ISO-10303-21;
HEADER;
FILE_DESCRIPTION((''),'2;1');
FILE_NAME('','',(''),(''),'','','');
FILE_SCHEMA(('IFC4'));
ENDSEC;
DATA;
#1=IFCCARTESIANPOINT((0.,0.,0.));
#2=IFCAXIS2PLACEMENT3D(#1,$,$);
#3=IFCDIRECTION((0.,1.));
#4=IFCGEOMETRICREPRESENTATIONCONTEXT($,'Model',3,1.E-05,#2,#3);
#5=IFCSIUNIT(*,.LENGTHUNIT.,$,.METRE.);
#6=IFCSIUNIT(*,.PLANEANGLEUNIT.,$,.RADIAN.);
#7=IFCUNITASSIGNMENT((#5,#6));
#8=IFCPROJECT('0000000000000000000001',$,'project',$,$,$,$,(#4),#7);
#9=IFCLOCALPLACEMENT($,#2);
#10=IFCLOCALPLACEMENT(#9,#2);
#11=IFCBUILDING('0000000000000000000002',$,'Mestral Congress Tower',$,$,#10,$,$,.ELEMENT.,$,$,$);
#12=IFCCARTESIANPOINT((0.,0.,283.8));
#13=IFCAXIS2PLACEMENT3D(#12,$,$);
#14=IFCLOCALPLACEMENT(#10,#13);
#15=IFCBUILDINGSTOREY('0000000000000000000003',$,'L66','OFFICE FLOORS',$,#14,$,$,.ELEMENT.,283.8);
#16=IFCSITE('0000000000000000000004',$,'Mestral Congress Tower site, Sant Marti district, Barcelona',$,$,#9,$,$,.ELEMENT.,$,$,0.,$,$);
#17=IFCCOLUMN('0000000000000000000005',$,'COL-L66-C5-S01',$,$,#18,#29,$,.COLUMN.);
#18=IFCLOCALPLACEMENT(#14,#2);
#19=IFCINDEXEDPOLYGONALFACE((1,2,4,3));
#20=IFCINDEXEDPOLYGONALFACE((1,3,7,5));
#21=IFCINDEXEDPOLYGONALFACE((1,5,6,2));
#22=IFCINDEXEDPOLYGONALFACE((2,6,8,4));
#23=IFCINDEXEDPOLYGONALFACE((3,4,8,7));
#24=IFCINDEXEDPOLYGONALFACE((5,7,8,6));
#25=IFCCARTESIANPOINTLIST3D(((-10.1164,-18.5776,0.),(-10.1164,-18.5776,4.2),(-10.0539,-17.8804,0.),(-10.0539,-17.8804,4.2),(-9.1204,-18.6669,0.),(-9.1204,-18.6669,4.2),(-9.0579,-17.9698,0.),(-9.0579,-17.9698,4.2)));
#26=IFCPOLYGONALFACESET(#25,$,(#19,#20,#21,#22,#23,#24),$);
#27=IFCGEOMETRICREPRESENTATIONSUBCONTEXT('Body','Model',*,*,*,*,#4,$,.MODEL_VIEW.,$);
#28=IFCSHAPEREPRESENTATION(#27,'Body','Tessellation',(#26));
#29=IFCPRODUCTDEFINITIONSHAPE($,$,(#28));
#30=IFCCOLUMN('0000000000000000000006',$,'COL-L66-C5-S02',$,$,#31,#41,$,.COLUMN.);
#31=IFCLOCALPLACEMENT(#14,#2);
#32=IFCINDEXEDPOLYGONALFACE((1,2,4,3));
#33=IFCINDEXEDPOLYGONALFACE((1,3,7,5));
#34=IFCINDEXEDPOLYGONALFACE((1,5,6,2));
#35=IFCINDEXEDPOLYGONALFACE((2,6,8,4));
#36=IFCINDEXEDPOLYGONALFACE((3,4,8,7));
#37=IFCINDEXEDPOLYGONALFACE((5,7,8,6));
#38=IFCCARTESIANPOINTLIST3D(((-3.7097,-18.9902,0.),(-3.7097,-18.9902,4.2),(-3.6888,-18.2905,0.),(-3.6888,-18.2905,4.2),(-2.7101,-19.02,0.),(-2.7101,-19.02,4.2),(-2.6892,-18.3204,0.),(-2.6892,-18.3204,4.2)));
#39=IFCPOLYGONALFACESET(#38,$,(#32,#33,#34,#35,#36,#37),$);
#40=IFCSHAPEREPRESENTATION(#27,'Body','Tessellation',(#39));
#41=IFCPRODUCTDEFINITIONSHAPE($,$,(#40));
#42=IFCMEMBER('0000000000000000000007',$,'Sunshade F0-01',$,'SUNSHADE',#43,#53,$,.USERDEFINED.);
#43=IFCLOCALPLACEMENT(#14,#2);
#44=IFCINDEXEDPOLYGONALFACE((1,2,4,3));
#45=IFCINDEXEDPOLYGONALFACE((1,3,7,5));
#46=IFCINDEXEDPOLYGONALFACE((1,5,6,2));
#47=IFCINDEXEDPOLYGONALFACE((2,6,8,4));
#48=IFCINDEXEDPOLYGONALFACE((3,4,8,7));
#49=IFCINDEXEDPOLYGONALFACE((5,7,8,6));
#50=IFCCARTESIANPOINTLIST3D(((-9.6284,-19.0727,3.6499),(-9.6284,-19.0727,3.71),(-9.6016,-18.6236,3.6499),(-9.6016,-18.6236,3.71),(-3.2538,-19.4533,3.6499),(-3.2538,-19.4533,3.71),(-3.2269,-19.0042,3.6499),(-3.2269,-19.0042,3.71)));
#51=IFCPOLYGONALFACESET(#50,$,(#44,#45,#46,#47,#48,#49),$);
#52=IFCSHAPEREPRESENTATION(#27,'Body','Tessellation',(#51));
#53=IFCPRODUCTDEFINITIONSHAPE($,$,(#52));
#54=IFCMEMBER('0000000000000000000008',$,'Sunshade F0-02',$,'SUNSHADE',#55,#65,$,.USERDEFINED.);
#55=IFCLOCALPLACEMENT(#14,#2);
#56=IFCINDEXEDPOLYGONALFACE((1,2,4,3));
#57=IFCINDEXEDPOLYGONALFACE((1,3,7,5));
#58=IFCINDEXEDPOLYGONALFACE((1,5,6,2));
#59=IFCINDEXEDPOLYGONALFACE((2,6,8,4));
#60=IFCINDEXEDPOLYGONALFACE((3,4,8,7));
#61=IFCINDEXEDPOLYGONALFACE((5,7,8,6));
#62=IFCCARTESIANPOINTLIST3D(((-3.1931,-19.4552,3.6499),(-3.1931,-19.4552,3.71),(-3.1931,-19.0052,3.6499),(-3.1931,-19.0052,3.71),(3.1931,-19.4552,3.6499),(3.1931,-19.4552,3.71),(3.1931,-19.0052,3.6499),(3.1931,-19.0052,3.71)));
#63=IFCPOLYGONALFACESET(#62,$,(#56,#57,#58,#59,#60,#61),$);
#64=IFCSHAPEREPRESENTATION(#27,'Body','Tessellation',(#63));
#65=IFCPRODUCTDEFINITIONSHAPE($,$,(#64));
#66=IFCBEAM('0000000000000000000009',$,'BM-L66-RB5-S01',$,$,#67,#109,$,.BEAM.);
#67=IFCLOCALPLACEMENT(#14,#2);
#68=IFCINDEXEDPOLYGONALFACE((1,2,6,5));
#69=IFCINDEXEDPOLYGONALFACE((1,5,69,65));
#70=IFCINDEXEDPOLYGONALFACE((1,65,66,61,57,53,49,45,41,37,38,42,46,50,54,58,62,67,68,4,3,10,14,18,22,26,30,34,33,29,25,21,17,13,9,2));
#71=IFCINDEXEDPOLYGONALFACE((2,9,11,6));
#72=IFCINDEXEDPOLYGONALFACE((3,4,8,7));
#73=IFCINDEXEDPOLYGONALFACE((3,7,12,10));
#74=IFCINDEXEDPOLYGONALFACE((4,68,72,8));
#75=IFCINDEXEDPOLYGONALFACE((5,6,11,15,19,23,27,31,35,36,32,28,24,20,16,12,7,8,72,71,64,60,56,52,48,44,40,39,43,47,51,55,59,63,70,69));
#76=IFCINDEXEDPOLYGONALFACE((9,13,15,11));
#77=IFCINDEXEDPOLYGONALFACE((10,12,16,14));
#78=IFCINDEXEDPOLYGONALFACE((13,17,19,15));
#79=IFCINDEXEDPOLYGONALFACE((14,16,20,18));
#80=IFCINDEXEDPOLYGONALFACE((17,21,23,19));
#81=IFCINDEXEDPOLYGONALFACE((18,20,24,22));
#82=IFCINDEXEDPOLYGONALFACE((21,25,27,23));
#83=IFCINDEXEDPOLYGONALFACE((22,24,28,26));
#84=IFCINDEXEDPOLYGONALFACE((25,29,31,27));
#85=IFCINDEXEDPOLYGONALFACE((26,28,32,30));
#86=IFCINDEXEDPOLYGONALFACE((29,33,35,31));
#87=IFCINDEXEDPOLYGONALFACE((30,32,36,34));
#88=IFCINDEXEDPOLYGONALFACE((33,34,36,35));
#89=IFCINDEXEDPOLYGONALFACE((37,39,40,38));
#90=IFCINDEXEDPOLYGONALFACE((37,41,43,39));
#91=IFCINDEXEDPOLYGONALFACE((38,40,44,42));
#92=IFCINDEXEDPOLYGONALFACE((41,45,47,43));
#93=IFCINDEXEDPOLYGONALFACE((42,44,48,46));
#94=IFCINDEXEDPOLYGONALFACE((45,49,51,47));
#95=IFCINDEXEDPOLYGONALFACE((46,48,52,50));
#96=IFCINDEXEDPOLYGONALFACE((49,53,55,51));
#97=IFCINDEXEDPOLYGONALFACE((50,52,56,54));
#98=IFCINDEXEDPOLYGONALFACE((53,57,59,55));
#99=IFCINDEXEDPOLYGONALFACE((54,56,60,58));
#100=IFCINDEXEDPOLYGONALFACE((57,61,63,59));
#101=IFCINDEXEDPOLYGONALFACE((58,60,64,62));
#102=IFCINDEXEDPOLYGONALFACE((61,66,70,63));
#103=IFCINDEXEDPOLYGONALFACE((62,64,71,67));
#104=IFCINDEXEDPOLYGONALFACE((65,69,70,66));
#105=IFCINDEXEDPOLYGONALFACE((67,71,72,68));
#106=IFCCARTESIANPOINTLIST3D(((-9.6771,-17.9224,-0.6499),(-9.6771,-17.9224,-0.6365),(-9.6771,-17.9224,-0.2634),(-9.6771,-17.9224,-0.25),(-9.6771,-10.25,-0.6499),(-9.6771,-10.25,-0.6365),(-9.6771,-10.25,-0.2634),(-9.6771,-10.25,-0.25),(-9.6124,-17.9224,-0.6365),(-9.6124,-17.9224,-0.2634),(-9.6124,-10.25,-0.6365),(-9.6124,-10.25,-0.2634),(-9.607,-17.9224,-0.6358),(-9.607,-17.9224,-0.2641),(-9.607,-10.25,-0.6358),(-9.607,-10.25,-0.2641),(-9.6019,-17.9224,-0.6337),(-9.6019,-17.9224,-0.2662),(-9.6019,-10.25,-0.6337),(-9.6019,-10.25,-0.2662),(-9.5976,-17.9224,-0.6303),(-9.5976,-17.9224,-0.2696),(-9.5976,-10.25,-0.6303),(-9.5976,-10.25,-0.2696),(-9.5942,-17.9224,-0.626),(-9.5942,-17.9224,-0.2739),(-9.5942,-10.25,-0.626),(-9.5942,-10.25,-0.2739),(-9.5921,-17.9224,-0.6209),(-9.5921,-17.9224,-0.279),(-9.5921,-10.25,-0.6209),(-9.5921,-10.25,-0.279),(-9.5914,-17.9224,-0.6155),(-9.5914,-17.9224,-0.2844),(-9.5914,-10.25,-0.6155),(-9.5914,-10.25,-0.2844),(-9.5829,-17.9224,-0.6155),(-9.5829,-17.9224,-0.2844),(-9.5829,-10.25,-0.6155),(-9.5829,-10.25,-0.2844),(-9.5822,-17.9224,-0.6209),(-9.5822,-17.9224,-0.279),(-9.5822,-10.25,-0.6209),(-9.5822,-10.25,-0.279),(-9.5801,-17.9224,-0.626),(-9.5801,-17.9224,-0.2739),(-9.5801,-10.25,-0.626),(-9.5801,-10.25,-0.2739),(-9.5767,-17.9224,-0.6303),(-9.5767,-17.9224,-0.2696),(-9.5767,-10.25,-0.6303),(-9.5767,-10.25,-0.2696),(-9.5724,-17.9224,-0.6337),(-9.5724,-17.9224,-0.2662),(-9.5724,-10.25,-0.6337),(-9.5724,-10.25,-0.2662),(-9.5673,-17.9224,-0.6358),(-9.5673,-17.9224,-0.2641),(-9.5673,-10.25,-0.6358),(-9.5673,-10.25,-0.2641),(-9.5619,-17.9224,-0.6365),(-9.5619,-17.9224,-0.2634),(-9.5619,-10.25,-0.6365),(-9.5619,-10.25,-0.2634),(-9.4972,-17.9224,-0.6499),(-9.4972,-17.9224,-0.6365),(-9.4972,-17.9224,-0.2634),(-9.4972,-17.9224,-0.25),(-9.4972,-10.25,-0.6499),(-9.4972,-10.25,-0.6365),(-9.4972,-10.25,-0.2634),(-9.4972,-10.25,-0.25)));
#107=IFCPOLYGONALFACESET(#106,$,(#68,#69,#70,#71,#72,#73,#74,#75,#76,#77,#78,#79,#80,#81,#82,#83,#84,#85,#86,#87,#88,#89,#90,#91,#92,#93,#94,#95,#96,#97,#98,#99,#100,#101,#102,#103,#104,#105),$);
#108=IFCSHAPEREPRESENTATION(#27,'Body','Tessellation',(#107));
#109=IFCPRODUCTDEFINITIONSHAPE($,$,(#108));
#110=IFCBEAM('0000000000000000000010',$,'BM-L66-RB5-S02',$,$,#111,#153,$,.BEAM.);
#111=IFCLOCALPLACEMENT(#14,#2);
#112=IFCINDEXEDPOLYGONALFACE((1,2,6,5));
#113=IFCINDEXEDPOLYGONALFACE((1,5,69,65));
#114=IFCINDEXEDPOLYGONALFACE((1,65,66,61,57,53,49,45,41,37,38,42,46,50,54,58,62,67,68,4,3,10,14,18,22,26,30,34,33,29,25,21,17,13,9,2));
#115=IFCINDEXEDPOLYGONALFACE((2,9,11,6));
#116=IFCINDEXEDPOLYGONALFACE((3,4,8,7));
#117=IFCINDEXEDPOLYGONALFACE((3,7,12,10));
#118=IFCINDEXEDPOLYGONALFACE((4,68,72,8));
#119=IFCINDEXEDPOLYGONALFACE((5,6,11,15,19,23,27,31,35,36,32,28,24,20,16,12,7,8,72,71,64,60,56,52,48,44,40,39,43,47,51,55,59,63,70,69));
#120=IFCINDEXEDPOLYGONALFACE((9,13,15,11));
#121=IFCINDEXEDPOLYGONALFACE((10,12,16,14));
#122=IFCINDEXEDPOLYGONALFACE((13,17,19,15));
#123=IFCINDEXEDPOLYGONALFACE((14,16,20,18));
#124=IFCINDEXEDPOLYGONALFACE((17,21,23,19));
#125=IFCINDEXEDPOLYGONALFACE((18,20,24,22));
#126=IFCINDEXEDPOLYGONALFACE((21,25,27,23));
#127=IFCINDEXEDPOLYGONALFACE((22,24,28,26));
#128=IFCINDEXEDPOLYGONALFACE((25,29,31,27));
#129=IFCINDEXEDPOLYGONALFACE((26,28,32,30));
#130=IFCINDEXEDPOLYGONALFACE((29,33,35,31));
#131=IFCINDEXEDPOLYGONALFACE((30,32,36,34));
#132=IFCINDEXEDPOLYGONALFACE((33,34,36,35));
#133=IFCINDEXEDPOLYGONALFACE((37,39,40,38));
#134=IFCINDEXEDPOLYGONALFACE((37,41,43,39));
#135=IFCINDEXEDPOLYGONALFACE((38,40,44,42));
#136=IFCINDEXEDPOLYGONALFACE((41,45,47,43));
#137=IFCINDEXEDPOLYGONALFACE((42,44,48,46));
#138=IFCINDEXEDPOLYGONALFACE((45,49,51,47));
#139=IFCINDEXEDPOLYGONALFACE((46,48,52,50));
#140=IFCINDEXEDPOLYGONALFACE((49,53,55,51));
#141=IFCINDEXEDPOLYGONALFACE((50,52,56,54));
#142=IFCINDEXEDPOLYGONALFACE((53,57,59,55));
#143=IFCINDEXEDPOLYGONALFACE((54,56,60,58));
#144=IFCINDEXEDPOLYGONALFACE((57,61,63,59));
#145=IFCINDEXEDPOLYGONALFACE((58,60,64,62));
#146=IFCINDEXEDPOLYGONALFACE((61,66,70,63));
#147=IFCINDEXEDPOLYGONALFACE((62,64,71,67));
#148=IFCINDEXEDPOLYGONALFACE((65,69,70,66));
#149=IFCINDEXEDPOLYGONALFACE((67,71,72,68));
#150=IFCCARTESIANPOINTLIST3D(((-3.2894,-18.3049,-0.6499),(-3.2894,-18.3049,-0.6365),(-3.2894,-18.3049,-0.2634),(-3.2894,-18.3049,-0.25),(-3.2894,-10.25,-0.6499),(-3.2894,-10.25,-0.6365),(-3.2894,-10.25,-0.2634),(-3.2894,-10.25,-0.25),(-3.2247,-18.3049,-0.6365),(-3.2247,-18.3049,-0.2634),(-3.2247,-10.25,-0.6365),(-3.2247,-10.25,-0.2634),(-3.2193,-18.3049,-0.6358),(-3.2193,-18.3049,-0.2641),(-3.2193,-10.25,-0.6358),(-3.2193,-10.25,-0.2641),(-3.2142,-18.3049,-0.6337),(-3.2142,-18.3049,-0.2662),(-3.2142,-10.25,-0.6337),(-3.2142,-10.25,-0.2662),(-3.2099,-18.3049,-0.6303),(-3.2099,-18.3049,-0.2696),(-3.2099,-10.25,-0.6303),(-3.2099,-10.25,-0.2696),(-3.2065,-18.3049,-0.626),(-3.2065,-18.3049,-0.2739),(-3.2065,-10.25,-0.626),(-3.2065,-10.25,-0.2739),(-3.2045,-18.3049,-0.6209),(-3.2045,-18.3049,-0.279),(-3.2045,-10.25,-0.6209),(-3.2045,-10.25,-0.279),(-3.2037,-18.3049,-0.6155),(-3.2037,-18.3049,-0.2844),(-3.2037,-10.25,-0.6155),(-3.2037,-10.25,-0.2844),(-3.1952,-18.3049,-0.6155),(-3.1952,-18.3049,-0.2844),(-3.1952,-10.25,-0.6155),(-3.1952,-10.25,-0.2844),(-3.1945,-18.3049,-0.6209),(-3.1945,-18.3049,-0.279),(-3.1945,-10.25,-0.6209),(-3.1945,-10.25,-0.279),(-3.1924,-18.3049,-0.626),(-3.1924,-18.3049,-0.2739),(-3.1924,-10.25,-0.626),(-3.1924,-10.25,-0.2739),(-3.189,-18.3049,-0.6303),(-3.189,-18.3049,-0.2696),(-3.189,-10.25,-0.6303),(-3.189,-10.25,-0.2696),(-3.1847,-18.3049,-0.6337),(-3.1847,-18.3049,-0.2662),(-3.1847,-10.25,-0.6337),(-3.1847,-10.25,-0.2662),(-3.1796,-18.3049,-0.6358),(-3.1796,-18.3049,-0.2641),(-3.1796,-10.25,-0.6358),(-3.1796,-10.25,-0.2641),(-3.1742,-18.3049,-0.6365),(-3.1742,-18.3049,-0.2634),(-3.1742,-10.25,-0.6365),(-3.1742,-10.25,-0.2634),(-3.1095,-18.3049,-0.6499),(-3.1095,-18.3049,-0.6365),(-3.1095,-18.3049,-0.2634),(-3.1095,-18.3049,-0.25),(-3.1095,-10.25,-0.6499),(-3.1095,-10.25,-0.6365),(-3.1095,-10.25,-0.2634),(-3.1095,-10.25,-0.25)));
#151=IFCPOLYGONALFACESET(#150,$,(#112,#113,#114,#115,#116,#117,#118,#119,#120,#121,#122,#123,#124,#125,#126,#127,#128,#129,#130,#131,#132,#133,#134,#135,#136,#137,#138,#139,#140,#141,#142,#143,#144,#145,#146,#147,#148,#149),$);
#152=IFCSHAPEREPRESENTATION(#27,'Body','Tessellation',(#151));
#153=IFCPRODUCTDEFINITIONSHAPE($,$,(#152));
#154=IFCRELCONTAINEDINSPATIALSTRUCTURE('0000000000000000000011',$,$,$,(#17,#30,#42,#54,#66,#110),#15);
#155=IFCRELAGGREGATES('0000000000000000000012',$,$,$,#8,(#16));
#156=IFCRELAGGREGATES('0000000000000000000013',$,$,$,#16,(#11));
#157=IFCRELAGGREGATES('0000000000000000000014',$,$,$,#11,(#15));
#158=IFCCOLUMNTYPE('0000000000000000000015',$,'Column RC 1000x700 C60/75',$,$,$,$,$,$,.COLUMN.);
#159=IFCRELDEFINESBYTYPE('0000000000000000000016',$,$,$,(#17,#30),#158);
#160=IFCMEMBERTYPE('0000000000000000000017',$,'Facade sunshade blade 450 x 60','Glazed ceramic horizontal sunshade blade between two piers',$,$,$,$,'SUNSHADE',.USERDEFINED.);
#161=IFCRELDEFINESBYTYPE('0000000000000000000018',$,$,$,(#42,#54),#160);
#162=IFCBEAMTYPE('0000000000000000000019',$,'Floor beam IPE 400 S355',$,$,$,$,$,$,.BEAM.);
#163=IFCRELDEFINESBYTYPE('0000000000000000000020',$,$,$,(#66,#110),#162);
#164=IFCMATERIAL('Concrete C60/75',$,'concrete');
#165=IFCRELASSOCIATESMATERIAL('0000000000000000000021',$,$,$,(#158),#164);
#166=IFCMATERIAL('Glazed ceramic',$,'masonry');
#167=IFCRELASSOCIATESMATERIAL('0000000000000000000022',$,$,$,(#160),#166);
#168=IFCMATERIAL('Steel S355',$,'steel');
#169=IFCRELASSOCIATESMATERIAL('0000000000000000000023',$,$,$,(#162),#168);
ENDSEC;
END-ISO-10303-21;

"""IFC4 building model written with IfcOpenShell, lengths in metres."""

from ifc_helpers import new_model, si_unit, direction, frame, origin, origin_2d, place, context, subcontext, project, spatial, rectangle, i_section, extrude, material, material_profile, profile_set, type_object, element, save


model = new_model("IFC4")

# Units and contexts
model_context = context("Model", 3, precision=1e-05, world=origin(), true_north=direction((0.0, 1.0)))
body_context = subcontext(model_context, "Body", "Model", "MODEL_VIEW")
ifc_project = project(units=[si_unit("LENGTHUNIT", "METRE"), si_unit("PLANEANGLEUNIT", "RADIAN")], contexts=[model_context])

# Site, building, storey
site_placement = place(None, origin())
site = spatial("IfcSite", under=ifc_project, at=site_placement, Name="Mestral Congress Tower site, Sant Marti district, Barcelona", CompositionType="ELEMENT", RefElevation=0.0)
building_placement = place(site_placement, origin())
building = spatial("IfcBuilding", under=site, at=building_placement, Name="Mestral Congress Tower", CompositionType="ELEMENT")
storey_placement = place(building_placement, frame((0.0, 0.0, 283.8)))
storey = spatial("IfcBuildingStorey", under=building, at=storey_placement, Name="L66", Description="OFFICE FLOORS", CompositionType="ELEMENT", Elevation=283.8)

# Columns
ifc_material_1 = material(Name="Concrete C60/75", Category="concrete")
ifc_material_profile_1 = material_profile(ifc_material_1, rectangle(XDim=1.0, YDim=0.7, at=origin_2d()), Name="RC 1000x700")
ifc_profile_set_1 = profile_set([ifc_material_profile_1], Name="Concrete C60/75")
column_type = type_object("IfcColumnType", Name="Column RC 1000x700 C60/75", PredefinedType="COLUMN", material=ifc_profile_set_1)
for number, where, z_axis, x_axis, name in (
    (1, (-9.5872, -18.2737, 0.0), (0.0, 0.0, 1.0), (0.995998, -0.089378, 0.0), "COL-L66-C5-S01"),
    (2, (-3.1995, -18.6553, 0.0), (0.0, 0.0, 1.0), (0.999555, -0.029828, 0.0), "COL-L66-C5-S02"),
):
    element("IfcColumn", number, at=place(storey_placement, frame(where, z_axis=z_axis, x_axis=x_axis)), inside=storey, type_object=column_type, Name=name, PredefinedType="COLUMN", context=body_context, shape_type="SweptSolid", body=[
        extrude(rectangle(XDim=1.0, YDim=0.7, at=origin_2d()), origin(), (0.0, 0.0, 1.0), 4.2),
    ])

# Members
ifc_material_2 = material(Name="Glazed ceramic", Category="masonry")
ifc_material_profile_2 = material_profile(ifc_material_2, rectangle(XDim=0.45, YDim=0.0601, at=origin_2d()), Name="Ceramic blade 450 x 60")
ifc_profile_set_2 = profile_set([ifc_material_profile_2], Name="Glazed ceramic")
member_type = type_object("IfcMemberType", Name="Facade sunshade blade 450 x 60", Description="Glazed ceramic horizontal sunshade blade between two piers", ElementType="SUNSHADE", PredefinedType="USERDEFINED", material=ifc_profile_set_2)
member_1_placement = place(storey_placement, frame((-9.615, -18.8481, 3.6799), z_axis=(0.998222, -0.059603, 0.0), x_axis=(0.059603, 0.998222, 0.0)))
element("IfcMember", 3, at=member_1_placement, inside=storey, type_object=member_type, Name="Sunshade F0-01", ObjectType="SUNSHADE", PredefinedType="USERDEFINED", context=body_context, shape_type="SweptSolid", body=[
    extrude(rectangle(XDim=0.45, YDim=0.0601, at=origin_2d()), origin(), (0.0, 0.0, 1.0), 6.386),
])
member_2_placement = place(storey_placement, frame((-3.1931, -19.2302, 3.6799), z_axis=(1.0, 0.0, 0.0), x_axis=(0.0, 1.0, 0.0)))
element("IfcMember", 4, at=member_2_placement, inside=storey, type_object=member_type, Name="Sunshade F0-02", ObjectType="SUNSHADE", PredefinedType="USERDEFINED", context=body_context, shape_type="SweptSolid", body=[
    extrude(rectangle(XDim=0.45, YDim=0.0601, at=origin_2d()), origin(), (0.0, 0.0, 1.0), 6.3862),
])

# Beams
ifc_material_3 = material(Name="Steel S355", Category="steel")
ifc_material_profile_3 = material_profile(ifc_material_3, i_section(OverallWidth=0.1799, OverallDepth=0.3999, WebThickness=0.0085, FlangeThickness=0.0134, FilletRadius=0.021, at=origin_2d()), Name="IPE 400")
ifc_profile_set_3 = profile_set([ifc_material_profile_3], Name="Steel S355")
beam_type_1 = type_object("IfcBeamType", Name="Floor beam IPE 400 S355", PredefinedType="BEAM", material=ifc_profile_set_3)
beam_1_placement = place(storey_placement, frame((-9.5872, -17.9224, -0.45), z_axis=(0.0, 1.0, 0.0), x_axis=(-1.0, 0.0, 0.0)))
element("IfcBeam", 5, at=beam_1_placement, inside=storey, type_object=beam_type_1, Name="BM-L66-RB5-S01", PredefinedType="BEAM", context=body_context, shape_type="SweptSolid", body=[
    extrude(i_section(OverallWidth=0.1799, OverallDepth=0.3999, WebThickness=0.0085, FlangeThickness=0.0134, FilletRadius=0.021, at=origin_2d()), origin(), (0.0, 0.0, 1.0), 7.6724),
])
beam_2_placement = place(storey_placement, frame((-3.1995, -18.3049, -0.45), z_axis=(0.0, 1.0, 0.0), x_axis=(-1.0, 0.0, 0.0)))
element("IfcBeam", 6, at=beam_2_placement, inside=storey, type_object=beam_type_1, Name="BM-L66-RB5-S02", PredefinedType="BEAM", context=body_context, shape_type="SweptSolid", body=[
    extrude(i_section(OverallWidth=0.1799, OverallDepth=0.3999, WebThickness=0.0085, FlangeThickness=0.0134, FilletRadius=0.021, at=origin_2d()), origin(), (0.0, 0.0, 1.0), 8.0549),
])

save(model, "model.ifc")
